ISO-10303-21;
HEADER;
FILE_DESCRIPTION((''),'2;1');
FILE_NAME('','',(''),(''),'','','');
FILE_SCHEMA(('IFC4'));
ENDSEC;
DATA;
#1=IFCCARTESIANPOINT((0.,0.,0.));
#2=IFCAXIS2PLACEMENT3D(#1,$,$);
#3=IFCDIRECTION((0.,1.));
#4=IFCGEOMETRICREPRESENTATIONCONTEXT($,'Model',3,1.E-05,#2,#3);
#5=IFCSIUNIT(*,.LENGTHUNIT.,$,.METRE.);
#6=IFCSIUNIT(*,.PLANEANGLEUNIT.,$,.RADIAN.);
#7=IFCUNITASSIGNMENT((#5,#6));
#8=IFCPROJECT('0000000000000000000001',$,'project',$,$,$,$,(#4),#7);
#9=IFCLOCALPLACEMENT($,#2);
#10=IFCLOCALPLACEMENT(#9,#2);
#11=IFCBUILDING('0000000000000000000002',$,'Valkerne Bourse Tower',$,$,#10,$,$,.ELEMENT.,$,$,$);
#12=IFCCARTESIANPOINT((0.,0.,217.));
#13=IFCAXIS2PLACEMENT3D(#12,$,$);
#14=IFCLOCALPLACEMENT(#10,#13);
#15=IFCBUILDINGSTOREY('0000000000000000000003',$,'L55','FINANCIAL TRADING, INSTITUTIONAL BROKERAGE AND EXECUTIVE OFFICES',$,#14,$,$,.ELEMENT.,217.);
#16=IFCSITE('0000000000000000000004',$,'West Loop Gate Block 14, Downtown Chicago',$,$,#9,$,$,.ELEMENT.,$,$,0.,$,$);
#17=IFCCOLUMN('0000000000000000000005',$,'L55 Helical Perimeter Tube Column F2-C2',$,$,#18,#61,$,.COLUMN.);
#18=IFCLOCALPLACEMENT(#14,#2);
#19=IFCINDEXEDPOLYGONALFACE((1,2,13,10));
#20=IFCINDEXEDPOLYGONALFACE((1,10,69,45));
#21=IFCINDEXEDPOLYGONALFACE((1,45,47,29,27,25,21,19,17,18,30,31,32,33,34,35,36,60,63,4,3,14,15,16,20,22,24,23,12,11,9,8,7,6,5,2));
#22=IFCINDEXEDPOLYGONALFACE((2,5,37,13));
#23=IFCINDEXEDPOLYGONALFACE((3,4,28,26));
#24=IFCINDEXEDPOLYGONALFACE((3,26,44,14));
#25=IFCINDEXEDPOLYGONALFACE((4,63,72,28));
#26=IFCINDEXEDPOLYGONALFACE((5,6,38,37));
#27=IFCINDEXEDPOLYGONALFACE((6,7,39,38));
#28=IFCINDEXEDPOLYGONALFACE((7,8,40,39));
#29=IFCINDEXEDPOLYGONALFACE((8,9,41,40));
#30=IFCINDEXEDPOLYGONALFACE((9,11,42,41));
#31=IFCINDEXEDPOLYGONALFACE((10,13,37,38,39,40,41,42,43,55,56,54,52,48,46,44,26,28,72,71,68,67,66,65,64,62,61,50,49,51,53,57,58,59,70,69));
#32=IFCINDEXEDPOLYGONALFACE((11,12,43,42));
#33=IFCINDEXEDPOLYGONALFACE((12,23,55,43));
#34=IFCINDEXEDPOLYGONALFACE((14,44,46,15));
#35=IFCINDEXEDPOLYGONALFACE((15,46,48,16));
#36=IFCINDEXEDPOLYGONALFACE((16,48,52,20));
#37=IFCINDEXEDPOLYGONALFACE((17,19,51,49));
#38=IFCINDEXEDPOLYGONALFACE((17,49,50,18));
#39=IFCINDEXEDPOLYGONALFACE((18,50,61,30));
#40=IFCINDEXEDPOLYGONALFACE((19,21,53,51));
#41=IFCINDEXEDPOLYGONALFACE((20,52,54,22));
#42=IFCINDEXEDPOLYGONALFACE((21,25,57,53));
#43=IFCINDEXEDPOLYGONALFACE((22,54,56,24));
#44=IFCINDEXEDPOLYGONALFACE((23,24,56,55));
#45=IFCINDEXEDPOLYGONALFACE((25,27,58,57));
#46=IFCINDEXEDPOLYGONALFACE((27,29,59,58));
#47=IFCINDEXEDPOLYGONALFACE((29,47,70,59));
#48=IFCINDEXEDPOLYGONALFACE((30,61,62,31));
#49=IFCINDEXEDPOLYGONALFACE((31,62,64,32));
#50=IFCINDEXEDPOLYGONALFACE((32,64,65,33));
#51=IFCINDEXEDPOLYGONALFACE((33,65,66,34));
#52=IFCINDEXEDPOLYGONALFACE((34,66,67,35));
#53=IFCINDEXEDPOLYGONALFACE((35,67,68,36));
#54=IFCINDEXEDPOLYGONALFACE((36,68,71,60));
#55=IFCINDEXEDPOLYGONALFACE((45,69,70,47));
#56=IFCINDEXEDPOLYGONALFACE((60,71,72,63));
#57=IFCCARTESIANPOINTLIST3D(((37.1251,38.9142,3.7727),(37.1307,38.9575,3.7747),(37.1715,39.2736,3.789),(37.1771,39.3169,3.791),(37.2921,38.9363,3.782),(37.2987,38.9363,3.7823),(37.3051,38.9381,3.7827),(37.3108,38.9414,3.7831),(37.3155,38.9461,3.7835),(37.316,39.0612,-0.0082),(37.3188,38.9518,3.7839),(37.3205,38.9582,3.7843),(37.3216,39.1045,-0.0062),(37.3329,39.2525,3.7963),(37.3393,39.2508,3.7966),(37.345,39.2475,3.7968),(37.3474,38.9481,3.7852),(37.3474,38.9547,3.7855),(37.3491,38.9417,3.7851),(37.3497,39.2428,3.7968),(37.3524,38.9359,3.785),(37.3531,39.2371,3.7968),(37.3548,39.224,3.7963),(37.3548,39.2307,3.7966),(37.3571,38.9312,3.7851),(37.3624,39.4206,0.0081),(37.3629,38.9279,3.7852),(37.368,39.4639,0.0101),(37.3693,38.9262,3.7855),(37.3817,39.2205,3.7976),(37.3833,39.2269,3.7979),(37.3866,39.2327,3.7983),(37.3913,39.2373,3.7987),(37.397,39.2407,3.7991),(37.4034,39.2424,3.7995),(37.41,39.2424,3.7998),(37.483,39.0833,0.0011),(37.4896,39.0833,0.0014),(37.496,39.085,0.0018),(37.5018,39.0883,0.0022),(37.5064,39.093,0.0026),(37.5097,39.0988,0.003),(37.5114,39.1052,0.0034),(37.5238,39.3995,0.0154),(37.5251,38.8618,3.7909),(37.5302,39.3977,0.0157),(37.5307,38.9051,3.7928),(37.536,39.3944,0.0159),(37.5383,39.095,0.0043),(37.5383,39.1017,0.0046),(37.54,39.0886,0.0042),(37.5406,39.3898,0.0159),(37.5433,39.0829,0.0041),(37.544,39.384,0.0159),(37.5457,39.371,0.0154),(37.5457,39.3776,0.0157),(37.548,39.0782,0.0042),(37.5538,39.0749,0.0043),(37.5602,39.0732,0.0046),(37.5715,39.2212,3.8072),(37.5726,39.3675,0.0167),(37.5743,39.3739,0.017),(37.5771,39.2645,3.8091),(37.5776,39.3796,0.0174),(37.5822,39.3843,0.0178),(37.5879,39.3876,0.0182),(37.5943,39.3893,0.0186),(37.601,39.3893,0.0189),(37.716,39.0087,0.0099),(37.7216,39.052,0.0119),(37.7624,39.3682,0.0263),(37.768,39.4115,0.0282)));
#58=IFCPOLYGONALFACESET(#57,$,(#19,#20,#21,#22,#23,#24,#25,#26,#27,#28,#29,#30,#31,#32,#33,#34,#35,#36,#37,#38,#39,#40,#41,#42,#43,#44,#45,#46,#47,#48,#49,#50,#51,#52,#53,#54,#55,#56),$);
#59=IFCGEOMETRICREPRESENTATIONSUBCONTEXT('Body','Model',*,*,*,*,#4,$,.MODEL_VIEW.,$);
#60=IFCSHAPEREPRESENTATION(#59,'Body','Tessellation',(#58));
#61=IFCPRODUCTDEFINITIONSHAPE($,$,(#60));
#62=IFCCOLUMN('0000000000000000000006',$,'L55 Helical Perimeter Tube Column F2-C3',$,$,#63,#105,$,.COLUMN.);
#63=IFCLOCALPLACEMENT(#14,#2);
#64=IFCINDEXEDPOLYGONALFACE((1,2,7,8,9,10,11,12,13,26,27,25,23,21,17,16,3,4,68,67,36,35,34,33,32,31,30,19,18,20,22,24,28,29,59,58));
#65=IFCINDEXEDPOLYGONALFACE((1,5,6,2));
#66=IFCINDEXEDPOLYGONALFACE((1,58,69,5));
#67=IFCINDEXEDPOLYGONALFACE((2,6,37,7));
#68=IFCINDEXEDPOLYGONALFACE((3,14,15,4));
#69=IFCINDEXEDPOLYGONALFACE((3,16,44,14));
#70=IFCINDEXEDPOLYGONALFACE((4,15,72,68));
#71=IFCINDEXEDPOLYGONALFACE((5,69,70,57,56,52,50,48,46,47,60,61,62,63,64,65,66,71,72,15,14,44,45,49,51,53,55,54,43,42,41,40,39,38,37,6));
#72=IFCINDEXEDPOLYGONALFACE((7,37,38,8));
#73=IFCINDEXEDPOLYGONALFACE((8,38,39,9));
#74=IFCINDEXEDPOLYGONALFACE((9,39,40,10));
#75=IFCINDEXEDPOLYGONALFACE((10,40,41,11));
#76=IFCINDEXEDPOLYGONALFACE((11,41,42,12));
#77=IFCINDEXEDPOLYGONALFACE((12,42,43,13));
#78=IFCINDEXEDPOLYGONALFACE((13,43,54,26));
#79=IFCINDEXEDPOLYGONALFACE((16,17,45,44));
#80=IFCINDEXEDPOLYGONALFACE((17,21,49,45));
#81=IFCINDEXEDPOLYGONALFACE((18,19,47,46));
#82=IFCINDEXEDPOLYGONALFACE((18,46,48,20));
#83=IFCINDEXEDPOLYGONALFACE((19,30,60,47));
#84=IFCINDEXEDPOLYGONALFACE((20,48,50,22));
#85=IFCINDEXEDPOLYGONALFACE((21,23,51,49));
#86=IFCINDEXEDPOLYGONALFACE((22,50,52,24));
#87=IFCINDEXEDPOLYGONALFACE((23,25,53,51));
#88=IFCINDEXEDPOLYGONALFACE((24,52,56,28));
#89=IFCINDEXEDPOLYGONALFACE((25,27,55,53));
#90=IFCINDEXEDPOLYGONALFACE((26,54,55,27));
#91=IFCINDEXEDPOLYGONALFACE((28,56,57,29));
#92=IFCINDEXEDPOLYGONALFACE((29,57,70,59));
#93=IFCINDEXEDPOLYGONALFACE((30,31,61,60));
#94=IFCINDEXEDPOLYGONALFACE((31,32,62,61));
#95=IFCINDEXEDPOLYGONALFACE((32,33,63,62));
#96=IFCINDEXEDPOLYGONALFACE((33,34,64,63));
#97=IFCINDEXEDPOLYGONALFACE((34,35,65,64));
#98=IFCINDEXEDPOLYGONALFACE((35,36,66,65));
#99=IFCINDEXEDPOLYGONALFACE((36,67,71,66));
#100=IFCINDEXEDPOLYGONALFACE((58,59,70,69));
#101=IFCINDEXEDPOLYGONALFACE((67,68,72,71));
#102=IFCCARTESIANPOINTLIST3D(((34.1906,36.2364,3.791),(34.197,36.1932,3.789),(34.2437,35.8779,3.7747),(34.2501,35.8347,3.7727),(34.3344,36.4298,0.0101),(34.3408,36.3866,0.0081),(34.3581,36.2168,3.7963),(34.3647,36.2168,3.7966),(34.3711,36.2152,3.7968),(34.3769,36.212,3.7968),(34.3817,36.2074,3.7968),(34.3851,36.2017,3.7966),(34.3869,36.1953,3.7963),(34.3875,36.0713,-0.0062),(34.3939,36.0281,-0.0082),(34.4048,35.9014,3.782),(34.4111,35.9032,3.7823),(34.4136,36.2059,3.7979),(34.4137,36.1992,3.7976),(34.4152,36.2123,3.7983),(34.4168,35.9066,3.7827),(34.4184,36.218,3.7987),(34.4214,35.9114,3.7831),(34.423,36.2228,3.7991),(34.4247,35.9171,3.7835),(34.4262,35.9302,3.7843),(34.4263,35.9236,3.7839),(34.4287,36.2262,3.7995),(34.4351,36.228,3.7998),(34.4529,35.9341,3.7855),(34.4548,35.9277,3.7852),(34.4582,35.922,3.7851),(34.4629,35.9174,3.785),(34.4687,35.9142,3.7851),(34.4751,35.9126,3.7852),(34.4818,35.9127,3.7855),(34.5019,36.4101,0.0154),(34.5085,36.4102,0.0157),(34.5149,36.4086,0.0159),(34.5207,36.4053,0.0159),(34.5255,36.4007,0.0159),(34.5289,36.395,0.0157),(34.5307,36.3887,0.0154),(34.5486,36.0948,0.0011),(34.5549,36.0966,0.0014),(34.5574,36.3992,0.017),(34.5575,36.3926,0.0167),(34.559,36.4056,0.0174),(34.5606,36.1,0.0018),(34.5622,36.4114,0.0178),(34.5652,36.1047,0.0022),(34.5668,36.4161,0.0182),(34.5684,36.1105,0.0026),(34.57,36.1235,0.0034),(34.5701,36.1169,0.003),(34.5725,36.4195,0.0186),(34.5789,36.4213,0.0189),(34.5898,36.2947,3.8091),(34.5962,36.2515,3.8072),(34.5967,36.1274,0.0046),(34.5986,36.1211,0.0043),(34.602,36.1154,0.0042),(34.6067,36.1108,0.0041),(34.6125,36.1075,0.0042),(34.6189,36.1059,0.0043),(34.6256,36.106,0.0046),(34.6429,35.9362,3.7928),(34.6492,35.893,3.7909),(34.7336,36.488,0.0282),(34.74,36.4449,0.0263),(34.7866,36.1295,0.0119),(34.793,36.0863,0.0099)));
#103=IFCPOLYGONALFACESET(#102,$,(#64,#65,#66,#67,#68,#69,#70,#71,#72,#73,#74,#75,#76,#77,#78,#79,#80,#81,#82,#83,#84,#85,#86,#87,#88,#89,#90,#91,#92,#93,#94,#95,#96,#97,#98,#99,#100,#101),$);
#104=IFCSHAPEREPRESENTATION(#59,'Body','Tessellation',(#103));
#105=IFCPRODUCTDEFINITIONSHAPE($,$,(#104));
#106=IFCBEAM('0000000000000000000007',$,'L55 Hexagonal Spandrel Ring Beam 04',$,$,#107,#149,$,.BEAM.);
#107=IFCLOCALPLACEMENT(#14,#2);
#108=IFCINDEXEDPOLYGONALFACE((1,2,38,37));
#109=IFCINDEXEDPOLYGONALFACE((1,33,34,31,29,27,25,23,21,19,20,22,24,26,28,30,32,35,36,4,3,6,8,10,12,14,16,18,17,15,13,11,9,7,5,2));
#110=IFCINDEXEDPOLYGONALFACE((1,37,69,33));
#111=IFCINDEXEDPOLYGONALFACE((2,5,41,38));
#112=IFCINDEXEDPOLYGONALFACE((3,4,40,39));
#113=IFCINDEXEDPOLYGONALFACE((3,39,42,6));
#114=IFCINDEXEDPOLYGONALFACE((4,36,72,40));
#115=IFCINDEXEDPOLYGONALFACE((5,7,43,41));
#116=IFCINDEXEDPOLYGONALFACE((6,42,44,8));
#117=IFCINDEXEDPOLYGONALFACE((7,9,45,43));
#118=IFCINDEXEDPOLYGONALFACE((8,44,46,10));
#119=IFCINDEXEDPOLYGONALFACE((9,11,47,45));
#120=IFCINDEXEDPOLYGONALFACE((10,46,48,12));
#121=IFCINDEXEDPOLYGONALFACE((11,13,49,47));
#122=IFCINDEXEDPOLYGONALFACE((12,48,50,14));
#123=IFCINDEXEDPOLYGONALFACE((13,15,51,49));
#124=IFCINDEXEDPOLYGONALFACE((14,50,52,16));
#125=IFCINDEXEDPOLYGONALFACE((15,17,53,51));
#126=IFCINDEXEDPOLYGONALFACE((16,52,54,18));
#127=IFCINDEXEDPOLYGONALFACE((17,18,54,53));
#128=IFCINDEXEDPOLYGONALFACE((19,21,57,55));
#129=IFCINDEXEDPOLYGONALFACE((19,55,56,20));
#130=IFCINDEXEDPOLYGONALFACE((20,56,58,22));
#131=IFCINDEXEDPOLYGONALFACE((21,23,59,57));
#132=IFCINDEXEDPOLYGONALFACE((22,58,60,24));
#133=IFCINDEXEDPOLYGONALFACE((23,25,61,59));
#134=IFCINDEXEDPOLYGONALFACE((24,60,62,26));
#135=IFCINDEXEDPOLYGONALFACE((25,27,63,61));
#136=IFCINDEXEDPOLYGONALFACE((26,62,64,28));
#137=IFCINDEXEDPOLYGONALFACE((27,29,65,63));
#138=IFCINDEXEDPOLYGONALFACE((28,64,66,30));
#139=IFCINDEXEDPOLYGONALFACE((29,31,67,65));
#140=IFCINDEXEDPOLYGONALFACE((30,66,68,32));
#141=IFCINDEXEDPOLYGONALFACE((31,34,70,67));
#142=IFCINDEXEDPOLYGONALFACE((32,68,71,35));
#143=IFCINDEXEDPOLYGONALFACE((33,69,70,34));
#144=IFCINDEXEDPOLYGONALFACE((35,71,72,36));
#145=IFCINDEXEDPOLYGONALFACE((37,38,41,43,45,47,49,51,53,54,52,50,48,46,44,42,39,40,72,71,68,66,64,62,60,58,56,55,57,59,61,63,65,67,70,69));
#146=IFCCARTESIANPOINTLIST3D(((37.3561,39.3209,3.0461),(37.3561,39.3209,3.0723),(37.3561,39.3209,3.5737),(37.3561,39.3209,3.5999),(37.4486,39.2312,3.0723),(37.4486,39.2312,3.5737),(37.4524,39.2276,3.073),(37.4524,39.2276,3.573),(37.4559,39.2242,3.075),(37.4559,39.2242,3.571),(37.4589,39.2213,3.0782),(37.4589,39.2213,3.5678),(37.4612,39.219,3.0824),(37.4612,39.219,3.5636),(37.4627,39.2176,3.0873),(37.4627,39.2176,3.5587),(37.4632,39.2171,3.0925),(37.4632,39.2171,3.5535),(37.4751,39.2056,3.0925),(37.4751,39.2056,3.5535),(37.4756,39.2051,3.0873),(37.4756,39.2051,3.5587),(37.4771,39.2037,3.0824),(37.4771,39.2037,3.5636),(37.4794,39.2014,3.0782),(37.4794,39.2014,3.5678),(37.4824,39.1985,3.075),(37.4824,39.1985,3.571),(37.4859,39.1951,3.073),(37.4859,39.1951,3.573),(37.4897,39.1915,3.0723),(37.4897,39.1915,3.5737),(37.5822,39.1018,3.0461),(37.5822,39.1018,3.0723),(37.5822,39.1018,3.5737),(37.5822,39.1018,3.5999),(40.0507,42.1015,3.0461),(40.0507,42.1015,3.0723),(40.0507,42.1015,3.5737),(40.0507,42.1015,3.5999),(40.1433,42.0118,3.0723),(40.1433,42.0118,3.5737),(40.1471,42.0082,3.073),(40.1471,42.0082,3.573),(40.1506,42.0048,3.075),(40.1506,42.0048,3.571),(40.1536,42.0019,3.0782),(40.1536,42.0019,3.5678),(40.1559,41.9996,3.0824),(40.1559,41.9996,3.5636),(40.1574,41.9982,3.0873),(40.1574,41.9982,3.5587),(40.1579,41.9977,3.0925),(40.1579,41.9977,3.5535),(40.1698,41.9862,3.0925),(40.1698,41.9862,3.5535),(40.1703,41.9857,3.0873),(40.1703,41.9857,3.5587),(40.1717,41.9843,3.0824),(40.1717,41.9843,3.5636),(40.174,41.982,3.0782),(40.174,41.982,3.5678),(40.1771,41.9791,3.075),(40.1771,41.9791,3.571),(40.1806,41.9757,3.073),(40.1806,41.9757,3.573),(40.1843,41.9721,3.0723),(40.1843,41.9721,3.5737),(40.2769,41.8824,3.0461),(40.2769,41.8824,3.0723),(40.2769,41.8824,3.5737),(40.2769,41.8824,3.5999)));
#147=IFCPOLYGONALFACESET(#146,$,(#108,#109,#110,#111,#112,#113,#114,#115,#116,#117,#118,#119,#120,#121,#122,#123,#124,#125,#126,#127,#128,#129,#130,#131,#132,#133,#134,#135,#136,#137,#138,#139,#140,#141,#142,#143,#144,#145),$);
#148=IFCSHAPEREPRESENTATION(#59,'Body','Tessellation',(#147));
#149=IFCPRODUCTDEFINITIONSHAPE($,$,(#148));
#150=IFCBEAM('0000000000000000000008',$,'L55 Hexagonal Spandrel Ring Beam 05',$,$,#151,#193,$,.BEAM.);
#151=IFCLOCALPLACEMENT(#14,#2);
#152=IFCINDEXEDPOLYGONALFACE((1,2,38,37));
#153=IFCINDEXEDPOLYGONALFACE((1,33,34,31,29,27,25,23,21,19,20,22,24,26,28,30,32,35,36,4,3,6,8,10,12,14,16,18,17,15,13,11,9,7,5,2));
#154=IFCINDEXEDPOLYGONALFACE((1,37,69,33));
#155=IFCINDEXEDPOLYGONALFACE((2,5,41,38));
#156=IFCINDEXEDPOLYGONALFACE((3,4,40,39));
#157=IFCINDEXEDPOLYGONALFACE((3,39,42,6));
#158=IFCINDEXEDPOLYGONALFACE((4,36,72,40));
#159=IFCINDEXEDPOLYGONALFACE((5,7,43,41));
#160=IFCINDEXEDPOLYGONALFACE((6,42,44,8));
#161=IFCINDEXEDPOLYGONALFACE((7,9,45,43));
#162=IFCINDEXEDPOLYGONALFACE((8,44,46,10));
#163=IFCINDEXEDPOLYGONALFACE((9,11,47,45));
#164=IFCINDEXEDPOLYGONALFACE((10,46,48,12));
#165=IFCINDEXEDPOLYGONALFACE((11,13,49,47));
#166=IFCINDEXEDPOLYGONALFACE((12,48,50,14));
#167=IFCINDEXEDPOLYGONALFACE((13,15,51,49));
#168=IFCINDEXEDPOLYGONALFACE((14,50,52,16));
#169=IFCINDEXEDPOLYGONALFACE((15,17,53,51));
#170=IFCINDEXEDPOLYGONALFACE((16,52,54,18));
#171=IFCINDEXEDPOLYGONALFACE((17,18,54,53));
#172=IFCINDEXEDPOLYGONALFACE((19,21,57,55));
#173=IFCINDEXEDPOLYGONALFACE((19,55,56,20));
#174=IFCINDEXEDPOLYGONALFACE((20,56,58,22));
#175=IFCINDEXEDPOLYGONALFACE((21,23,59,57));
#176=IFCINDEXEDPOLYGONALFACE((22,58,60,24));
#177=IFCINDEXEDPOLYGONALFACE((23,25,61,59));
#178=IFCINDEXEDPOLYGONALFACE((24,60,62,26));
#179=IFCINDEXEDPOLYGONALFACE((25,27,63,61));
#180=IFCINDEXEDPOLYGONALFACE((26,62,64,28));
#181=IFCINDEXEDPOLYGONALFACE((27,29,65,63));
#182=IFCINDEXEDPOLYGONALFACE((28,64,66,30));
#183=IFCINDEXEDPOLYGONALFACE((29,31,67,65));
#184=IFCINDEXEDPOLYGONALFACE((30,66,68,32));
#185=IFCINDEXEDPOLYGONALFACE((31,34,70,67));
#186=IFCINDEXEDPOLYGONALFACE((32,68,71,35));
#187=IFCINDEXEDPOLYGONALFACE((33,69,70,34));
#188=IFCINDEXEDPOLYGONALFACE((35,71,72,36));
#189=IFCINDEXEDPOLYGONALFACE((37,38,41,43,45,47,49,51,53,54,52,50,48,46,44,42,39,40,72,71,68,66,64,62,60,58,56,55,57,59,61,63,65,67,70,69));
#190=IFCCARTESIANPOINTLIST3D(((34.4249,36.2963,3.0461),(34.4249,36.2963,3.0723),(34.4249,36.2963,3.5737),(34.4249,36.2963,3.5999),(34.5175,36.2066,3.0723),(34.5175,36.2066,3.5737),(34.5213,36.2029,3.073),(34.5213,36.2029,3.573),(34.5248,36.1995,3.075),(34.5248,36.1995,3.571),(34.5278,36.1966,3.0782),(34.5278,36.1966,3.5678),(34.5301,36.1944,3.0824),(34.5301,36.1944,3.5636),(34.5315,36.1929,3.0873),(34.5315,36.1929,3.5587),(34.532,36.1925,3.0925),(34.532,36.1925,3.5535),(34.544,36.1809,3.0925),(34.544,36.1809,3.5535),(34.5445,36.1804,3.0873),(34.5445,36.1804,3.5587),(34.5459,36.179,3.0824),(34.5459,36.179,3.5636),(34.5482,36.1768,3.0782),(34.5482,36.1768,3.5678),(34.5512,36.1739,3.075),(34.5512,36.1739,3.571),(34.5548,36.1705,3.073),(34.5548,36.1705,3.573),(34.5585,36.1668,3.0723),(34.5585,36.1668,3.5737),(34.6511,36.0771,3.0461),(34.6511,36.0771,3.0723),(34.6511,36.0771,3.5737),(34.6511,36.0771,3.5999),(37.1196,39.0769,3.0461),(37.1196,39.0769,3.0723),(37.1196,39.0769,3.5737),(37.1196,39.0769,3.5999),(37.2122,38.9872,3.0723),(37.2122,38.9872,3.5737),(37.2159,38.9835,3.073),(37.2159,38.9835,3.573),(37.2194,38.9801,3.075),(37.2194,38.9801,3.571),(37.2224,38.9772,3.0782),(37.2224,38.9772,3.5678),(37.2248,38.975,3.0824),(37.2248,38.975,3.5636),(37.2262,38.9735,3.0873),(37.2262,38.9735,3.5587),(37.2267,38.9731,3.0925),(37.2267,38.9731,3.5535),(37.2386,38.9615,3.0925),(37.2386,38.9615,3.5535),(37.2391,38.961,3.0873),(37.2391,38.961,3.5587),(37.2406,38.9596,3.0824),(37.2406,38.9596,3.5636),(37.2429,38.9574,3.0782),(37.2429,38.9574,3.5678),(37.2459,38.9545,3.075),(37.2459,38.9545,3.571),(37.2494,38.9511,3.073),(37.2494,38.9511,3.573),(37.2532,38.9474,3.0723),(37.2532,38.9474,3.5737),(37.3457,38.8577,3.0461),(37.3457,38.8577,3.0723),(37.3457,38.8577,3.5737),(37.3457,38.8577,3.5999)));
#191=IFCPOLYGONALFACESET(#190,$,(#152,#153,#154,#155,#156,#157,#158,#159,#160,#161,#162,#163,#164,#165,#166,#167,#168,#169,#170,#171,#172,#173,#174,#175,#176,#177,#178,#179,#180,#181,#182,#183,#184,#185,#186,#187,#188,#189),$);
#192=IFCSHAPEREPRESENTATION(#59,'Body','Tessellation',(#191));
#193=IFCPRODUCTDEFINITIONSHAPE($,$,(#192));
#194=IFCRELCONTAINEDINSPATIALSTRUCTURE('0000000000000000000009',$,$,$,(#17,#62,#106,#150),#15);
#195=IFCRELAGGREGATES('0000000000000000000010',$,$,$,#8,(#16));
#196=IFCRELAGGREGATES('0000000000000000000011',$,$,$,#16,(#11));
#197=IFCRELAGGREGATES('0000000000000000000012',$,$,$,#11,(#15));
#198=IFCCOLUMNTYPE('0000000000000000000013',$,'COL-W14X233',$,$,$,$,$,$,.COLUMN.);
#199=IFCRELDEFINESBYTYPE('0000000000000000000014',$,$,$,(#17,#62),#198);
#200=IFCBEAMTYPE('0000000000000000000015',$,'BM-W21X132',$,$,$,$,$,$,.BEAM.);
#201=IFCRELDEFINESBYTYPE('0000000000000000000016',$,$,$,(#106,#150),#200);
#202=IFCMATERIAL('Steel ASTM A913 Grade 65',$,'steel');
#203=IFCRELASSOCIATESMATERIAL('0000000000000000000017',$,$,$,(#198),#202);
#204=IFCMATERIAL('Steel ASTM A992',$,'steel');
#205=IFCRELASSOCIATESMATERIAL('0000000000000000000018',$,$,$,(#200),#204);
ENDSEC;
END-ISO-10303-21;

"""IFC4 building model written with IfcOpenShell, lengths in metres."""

from ifc_helpers import new_model, si_unit, direction, frame, origin, origin_2d, place, context, subcontext, project, spatial, i_section, extrude, material, material_profile, profile_set, type_object, element, save


model = new_model("IFC4")

# Units and contexts
model_context = context("Model", 3, precision=1e-05, world=origin(), true_north=direction((0.0, 1.0)))
body_context = subcontext(model_context, "Body", "Model", "MODEL_VIEW")
ifc_project = project(units=[si_unit("LENGTHUNIT", "METRE"), si_unit("PLANEANGLEUNIT", "RADIAN")], contexts=[model_context])

# Site, building, storey
site_placement = place(None, origin())
site = spatial("IfcSite", under=ifc_project, at=site_placement, Name="West Loop Gate Block 14, Downtown Chicago", CompositionType="ELEMENT", RefElevation=0.0)
building_placement = place(site_placement, origin())
building = spatial("IfcBuilding", under=site, at=building_placement, Name="Valkerne Bourse Tower", CompositionType="ELEMENT")
storey_placement = place(building_placement, frame((0.0, 0.0, 217.0)))
storey = spatial("IfcBuildingStorey", under=building, at=storey_placement, Name="L55", Description="FINANCIAL TRADING, INSTITUTIONAL BROKERAGE AND EXECUTIVE OFFICES", CompositionType="ELEMENT", Elevation=217.0)

# Columns
ifc_material_1 = material(Name="Steel ASTM A913 Grade 65", Category="steel")
ifc_material_profile_1 = material_profile(ifc_material_1, i_section(OverallWidth=0.4038, OverallDepth=0.4065, WebThickness=0.0271, FlangeThickness=0.0437, FilletRadius=0.0254, at=origin_2d()), Name="W14X233")
ifc_profile_set_1 = profile_set([ifc_material_profile_1], Name="Steel ASTM A913 Grade 65")
column_type = type_object("IfcColumnType", Name="COL-W14X233", PredefinedType="COLUMN", material=ifc_profile_set_1)
for number, where, z_axis, x_axis, name in (
    (1, (37.542, 39.2363, 0.01), (-0.050392, -0.038793, 0.997976), (-0.990514, 0.129845, -0.044968), "L55 Helical Perimeter Tube Column F2-C2"),
    (2, (34.5637, 36.2581, 0.01), (-0.037955, -0.051036, 0.997975), (-0.988514, -0.144283, -0.044974), "L55 Helical Perimeter Tube Column F2-C3"),
):
    element("IfcColumn", number, at=place(storey_placement, frame(where, z_axis=z_axis, x_axis=x_axis)), inside=storey, type_object=column_type, Name=name, PredefinedType="COLUMN", context=body_context, shape_type="SweptSolid", body=[
        extrude(i_section(OverallWidth=0.4038, OverallDepth=0.4065, WebThickness=0.0271, FlangeThickness=0.0437, FilletRadius=0.0254, at=origin_2d()), origin(), (0.0, 0.0, 1.0), 3.7886),
    ])

# Beams
ifc_material_2 = material(Name="Steel ASTM A992", Category="steel")
ifc_material_profile_2 = material_profile(ifc_material_2, i_section(OverallWidth=0.3149, OverallDepth=0.5537, WebThickness=0.0166, FlangeThickness=0.0261, FilletRadius=0.0203, at=origin_2d()), Name="W21X132")
ifc_profile_set_2 = profile_set([ifc_material_profile_2], Name="Steel ASTM A992")
beam_type_1 = type_object("IfcBeamType", Name="BM-W21X132", PredefinedType="BEAM", material=ifc_profile_set_2)
for number, where, z_axis, x_axis, name in (
    (3, (40.1638, 41.9919, 3.323), (-0.695922, -0.718117, 0.0), (0.718117, -0.695922, 0.0), "L55 Hexagonal Spandrel Ring Beam 04"),
    (4, (37.2327, 38.9673, 3.323), (-0.695922, -0.718117, 0.0), (0.718117, -0.695922, 0.0), "L55 Hexagonal Spandrel Ring Beam 05"),
):
    element("IfcBeam", number, at=place(storey_placement, frame(where, z_axis=z_axis, x_axis=x_axis)), inside=storey, type_object=beam_type_1, Name=name, PredefinedType="BEAM", context=body_context, shape_type="SweptSolid", body=[
        extrude(i_section(OverallWidth=0.3149, OverallDepth=0.5537, WebThickness=0.0166, FlangeThickness=0.0261, FilletRadius=0.0203, at=origin_2d()), origin(), (0.0, 0.0, 1.0), 3.8721),
    ])

save(model, "model.ifc")
